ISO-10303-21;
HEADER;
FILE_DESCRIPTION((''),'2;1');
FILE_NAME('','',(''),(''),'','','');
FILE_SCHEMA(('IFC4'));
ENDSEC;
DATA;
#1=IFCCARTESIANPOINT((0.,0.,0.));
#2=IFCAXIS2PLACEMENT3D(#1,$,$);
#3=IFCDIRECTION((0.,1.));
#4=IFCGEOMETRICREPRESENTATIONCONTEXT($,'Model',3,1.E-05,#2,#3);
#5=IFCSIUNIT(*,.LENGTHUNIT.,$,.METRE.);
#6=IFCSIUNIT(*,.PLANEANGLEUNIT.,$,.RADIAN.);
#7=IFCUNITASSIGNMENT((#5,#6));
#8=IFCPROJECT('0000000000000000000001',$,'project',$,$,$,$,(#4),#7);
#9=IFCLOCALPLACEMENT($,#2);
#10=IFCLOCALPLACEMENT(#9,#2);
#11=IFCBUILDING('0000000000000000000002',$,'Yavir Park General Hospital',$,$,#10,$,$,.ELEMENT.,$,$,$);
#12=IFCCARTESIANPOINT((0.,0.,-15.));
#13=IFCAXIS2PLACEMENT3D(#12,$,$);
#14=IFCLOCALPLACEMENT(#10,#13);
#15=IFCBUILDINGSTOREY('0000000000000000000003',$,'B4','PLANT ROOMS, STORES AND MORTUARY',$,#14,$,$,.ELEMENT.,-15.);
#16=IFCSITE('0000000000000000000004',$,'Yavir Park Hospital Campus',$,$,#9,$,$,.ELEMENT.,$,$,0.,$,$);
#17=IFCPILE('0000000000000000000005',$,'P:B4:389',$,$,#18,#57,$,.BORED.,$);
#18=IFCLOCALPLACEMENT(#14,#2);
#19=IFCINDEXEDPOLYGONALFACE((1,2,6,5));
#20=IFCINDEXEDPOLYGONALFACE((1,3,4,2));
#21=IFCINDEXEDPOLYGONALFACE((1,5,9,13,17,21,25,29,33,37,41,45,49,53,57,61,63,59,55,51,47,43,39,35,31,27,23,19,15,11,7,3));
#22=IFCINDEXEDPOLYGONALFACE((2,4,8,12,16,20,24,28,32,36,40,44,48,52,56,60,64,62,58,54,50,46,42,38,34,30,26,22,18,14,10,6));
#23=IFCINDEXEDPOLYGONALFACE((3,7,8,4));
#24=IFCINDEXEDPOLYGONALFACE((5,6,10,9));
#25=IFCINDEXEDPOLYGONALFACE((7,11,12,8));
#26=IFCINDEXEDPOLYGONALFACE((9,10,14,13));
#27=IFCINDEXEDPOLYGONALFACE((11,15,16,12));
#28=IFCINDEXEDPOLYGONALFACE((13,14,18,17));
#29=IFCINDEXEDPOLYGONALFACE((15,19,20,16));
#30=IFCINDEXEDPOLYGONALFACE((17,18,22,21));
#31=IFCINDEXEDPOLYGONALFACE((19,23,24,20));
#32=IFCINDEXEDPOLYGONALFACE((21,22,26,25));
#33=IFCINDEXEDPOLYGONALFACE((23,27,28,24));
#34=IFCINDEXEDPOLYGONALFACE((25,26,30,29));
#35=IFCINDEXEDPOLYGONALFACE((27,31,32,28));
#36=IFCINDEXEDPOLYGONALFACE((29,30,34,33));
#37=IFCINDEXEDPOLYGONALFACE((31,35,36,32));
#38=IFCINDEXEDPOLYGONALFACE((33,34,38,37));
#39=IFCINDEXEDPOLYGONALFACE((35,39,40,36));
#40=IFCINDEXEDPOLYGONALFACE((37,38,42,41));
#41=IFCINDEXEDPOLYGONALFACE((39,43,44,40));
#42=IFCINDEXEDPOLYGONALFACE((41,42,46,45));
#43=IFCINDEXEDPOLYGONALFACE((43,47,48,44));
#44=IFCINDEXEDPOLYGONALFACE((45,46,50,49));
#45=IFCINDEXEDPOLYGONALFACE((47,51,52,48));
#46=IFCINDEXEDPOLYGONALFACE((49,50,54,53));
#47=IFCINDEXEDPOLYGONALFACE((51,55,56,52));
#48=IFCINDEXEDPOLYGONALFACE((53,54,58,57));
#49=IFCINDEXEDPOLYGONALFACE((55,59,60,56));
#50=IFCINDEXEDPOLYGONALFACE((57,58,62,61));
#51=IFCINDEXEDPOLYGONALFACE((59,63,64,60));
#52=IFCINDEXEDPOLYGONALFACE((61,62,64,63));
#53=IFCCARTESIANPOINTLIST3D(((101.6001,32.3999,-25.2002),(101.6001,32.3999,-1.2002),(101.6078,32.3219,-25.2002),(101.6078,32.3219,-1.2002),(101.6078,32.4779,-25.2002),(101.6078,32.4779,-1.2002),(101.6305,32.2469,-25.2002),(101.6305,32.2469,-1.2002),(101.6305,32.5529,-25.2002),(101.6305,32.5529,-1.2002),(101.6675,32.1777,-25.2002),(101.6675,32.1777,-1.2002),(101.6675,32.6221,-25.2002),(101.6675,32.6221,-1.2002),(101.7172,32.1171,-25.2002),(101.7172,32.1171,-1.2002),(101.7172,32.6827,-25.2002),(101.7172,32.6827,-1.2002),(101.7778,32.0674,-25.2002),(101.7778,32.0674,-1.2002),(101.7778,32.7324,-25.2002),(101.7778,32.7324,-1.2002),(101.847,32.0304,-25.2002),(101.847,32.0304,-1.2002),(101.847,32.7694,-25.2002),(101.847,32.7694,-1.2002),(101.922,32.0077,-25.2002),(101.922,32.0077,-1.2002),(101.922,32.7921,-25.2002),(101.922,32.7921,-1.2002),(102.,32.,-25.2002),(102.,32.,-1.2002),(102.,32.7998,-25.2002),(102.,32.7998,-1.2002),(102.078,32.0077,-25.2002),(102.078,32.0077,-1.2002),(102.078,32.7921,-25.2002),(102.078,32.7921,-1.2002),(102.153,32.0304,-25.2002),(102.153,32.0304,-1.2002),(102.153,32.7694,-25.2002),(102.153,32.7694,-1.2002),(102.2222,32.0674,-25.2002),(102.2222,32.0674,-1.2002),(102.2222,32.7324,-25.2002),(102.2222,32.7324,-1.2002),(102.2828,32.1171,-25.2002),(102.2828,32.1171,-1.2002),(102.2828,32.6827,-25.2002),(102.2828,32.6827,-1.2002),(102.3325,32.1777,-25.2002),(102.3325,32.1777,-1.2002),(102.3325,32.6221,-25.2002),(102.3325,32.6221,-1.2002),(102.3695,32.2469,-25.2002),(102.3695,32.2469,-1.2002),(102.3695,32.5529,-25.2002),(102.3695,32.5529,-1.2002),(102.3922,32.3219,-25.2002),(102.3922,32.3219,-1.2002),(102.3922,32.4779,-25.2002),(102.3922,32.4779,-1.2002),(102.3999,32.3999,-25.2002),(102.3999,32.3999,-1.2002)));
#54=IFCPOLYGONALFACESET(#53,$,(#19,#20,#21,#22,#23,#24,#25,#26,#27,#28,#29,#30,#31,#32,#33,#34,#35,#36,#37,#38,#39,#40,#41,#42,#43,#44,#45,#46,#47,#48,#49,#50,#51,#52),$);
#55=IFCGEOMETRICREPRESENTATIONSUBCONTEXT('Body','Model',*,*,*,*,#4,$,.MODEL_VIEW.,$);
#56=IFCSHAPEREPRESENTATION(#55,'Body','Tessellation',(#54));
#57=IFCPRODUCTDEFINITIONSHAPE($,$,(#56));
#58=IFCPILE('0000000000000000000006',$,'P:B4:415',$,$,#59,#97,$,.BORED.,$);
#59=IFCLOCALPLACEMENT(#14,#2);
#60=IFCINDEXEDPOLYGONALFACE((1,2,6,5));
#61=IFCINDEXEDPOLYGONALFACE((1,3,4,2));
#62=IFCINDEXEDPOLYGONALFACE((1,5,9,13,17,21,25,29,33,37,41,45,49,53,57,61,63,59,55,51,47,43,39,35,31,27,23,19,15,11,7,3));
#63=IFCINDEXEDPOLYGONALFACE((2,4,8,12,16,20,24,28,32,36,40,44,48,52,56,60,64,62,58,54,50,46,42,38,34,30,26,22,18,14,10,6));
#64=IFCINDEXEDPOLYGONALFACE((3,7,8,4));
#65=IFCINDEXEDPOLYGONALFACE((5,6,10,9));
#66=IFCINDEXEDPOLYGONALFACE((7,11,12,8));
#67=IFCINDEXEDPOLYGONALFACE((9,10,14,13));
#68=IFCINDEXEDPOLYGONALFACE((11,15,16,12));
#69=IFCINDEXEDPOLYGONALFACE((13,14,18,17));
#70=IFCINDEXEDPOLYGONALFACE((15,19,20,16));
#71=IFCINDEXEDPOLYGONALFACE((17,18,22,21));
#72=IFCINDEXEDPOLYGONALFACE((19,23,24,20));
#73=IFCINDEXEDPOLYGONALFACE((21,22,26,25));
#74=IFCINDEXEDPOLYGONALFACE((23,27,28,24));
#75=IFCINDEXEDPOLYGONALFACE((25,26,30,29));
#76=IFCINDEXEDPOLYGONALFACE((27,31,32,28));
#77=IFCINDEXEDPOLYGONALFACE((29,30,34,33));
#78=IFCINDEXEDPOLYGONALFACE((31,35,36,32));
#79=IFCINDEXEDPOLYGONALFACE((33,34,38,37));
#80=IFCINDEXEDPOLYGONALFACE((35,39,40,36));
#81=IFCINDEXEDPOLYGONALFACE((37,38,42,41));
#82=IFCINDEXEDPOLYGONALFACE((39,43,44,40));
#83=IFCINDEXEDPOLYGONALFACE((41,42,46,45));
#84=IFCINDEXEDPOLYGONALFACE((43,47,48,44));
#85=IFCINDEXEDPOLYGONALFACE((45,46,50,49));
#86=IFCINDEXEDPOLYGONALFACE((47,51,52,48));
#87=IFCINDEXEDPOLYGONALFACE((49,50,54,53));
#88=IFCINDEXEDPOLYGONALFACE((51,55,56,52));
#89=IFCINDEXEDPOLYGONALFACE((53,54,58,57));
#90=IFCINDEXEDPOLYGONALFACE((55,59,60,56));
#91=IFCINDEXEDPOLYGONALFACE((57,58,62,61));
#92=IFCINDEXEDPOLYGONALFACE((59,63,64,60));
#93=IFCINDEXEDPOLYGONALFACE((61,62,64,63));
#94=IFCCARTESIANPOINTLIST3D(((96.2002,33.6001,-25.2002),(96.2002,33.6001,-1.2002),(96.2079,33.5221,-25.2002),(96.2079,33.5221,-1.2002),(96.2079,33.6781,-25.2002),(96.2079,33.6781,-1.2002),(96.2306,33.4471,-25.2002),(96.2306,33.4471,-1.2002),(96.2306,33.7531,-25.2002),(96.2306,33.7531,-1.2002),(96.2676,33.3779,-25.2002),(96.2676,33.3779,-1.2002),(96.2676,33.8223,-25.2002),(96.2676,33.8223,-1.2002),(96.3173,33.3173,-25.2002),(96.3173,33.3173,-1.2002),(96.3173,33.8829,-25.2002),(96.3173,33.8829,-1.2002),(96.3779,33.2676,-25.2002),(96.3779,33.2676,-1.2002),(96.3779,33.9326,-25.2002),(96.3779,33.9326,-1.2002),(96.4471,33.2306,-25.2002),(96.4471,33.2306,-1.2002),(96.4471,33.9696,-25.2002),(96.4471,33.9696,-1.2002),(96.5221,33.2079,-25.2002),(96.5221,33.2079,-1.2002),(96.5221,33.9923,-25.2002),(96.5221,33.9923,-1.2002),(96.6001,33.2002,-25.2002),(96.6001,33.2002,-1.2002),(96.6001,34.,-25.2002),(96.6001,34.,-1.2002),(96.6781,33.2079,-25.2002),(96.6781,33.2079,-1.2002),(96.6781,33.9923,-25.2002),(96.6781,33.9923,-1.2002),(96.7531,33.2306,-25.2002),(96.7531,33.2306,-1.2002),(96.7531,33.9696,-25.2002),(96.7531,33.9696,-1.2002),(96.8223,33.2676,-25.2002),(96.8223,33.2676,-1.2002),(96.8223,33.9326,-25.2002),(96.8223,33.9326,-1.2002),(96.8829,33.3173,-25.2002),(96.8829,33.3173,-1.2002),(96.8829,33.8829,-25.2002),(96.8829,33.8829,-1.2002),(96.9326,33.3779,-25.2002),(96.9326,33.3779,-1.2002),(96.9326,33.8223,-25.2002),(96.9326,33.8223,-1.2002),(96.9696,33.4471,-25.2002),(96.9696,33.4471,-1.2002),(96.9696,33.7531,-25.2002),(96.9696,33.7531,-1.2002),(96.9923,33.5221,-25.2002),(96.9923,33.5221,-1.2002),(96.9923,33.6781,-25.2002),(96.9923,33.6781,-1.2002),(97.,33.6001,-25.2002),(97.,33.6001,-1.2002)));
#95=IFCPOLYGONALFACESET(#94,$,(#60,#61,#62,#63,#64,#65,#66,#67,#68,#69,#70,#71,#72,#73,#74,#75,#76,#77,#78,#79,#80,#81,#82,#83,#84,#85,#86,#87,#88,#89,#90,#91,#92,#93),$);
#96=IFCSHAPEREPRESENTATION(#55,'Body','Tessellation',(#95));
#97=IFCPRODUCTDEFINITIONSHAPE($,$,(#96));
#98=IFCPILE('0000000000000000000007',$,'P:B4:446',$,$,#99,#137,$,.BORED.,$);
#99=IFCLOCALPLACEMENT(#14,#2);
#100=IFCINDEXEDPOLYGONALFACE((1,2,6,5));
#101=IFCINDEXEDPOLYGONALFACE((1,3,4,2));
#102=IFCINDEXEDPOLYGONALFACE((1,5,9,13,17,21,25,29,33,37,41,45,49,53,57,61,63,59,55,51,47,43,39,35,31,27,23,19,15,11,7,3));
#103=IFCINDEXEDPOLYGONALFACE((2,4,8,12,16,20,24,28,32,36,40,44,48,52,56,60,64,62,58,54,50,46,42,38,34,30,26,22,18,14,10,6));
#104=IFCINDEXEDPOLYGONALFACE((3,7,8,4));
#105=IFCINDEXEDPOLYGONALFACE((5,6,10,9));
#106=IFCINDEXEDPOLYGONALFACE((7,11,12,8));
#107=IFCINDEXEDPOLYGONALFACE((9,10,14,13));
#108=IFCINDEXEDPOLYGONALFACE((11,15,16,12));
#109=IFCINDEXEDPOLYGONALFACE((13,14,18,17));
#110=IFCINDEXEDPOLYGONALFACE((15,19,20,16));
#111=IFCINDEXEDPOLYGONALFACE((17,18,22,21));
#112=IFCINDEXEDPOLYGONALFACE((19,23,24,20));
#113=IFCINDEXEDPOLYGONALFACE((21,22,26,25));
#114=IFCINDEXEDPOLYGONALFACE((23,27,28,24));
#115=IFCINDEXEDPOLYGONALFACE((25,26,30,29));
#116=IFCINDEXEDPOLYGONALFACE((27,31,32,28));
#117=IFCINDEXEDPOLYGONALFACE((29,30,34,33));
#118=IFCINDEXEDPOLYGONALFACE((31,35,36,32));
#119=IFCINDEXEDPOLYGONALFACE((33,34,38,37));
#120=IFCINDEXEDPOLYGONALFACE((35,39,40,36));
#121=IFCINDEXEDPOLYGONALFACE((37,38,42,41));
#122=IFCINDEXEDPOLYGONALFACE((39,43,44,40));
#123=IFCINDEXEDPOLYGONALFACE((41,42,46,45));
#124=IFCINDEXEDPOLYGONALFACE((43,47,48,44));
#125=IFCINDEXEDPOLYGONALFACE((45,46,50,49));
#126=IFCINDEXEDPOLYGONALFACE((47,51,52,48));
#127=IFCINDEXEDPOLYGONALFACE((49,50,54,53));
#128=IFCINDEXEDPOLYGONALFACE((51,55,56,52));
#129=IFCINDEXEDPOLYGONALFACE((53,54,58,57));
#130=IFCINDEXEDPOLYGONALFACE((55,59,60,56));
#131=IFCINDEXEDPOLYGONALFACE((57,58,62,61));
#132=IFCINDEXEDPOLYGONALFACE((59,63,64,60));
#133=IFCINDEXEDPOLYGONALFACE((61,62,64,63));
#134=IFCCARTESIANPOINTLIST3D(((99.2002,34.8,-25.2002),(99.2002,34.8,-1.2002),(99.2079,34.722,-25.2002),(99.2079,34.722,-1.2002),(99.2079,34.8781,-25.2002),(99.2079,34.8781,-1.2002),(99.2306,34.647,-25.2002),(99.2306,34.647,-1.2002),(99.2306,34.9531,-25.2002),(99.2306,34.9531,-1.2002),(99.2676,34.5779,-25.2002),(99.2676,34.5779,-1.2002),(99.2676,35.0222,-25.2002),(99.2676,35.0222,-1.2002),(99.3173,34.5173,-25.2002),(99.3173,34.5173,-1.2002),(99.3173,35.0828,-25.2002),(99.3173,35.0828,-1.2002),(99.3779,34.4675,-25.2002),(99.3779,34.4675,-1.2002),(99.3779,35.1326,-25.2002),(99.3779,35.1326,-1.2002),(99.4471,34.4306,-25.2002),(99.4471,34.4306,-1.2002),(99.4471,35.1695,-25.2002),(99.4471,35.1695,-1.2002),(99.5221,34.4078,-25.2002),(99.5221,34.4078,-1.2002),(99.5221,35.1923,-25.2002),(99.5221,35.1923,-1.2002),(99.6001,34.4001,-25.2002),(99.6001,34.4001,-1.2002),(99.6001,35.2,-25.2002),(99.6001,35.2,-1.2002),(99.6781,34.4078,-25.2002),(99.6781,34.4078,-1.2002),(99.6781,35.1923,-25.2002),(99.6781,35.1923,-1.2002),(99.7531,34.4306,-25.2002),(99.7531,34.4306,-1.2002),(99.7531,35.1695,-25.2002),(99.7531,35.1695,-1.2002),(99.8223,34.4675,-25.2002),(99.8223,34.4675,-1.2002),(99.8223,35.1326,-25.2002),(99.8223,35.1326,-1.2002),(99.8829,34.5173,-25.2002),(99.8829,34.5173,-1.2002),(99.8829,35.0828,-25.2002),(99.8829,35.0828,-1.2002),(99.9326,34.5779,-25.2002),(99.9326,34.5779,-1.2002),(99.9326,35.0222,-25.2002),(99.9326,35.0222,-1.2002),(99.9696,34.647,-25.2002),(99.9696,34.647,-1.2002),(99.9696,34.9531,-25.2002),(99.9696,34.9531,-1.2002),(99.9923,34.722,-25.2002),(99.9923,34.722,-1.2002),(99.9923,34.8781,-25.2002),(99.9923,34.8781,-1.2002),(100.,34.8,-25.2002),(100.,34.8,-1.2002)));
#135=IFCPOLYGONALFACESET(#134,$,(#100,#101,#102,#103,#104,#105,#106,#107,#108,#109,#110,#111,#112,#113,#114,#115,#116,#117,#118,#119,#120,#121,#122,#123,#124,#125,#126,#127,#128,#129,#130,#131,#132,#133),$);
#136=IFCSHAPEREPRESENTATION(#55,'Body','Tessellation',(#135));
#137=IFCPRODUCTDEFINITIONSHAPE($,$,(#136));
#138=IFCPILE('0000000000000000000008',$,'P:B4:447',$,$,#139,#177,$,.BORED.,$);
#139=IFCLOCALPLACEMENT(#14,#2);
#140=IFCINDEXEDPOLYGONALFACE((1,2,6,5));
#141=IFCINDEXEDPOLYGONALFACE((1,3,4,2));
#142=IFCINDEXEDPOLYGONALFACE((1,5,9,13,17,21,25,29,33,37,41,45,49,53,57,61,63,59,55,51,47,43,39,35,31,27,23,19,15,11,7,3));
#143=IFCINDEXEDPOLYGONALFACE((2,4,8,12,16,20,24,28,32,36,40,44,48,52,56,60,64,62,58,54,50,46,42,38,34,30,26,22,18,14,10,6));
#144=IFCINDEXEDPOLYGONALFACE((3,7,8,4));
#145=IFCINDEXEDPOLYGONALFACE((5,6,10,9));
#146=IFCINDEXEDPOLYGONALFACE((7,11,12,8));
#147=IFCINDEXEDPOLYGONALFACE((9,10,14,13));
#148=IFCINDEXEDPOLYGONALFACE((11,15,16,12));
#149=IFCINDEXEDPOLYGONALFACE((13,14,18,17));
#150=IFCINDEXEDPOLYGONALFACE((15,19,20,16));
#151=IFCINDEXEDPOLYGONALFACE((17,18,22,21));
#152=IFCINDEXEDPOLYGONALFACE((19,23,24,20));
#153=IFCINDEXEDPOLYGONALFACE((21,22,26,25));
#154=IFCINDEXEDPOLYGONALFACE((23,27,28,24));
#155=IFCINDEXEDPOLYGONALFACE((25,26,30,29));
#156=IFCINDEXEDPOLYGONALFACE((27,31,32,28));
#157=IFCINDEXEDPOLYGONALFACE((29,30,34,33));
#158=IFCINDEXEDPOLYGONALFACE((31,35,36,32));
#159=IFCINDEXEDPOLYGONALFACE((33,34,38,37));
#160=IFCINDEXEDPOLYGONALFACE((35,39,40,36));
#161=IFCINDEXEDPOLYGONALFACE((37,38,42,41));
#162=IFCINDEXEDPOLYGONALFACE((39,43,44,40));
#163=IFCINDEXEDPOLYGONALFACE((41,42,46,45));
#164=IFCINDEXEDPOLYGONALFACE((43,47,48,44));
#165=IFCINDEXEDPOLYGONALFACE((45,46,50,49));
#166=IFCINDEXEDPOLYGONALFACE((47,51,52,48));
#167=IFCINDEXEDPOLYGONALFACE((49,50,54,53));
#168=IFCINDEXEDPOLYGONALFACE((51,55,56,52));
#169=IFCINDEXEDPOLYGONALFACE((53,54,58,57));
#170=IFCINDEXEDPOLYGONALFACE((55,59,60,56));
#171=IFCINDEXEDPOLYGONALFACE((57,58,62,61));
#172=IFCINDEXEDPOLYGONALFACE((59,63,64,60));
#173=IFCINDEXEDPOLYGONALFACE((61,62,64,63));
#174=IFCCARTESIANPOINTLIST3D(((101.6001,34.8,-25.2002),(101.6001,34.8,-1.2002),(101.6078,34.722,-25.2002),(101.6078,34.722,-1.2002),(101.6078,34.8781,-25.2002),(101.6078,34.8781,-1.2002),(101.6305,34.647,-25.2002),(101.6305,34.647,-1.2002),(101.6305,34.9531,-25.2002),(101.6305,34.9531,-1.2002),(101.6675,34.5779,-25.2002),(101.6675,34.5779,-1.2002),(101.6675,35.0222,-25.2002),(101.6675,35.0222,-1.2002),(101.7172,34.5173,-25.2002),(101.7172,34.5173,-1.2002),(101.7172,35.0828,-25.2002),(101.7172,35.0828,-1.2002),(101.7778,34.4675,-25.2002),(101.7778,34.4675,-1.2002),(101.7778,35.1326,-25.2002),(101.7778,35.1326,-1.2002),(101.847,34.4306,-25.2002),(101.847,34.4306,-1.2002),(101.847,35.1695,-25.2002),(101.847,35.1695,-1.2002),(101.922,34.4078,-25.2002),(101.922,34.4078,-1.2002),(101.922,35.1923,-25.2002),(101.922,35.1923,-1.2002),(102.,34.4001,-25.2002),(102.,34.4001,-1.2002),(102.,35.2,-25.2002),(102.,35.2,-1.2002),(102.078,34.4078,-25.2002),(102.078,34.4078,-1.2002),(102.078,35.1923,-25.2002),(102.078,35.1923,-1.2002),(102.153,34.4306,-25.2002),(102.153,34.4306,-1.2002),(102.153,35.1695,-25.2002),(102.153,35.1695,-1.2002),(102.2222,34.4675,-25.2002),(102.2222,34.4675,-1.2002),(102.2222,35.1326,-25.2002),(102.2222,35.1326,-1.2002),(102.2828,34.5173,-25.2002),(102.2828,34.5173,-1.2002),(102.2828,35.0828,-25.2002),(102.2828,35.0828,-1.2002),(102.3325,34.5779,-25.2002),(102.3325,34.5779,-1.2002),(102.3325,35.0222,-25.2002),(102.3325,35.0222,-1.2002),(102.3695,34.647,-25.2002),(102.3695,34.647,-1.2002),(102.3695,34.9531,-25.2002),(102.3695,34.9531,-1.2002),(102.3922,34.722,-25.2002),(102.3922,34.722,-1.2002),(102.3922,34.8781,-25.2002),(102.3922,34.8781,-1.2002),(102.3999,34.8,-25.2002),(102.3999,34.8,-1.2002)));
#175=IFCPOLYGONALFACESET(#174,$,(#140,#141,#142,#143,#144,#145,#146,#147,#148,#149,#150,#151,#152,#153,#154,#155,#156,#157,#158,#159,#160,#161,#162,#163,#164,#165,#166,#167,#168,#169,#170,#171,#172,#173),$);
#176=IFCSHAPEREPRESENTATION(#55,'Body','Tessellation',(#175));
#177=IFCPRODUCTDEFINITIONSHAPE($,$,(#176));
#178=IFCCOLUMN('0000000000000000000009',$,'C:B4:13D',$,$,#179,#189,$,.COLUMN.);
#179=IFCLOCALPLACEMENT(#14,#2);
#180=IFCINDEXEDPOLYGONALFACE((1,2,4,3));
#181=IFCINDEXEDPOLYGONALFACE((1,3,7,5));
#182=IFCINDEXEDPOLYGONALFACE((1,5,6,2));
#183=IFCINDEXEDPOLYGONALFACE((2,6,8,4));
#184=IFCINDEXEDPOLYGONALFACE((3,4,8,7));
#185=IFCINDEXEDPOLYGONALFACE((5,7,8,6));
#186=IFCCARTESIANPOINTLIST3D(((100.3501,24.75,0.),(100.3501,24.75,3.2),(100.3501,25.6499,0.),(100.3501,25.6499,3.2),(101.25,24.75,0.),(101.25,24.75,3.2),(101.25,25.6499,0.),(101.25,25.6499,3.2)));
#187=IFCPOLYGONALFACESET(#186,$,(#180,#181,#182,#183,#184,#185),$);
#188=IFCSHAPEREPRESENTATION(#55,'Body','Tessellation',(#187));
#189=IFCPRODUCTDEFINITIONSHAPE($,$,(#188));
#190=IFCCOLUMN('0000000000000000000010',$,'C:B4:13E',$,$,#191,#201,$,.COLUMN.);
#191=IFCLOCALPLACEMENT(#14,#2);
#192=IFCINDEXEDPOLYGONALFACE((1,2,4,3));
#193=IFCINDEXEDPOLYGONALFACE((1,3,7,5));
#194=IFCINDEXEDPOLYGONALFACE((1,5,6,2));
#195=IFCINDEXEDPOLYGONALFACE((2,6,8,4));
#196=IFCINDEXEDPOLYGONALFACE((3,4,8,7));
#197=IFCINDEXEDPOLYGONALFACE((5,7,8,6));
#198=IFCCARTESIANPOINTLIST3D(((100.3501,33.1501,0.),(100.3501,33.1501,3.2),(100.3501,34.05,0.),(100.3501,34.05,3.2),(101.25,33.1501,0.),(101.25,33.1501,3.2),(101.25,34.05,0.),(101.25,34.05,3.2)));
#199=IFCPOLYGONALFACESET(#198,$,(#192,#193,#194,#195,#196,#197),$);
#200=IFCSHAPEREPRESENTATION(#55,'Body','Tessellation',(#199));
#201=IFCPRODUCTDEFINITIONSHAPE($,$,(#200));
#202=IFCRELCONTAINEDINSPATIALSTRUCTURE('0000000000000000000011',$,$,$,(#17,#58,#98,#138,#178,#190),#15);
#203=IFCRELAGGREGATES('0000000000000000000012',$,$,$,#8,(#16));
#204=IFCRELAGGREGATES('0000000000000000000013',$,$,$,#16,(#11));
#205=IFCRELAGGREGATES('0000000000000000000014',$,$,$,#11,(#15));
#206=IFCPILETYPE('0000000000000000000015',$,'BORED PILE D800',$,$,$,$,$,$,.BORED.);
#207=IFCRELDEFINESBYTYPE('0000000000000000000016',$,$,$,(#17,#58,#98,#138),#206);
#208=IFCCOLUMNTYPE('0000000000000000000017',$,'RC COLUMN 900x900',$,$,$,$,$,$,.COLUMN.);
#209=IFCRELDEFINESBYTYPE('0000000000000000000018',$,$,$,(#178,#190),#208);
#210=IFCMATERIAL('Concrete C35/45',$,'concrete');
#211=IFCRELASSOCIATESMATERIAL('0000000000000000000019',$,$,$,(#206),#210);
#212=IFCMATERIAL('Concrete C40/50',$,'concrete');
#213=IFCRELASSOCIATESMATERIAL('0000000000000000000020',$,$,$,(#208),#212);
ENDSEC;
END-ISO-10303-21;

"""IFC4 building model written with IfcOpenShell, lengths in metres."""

from ifc_helpers import new_model, si_unit, direction, frame, origin, origin_2d, place, context, subcontext, project, spatial, rectangle, circle, extrude, material, material_profile, profile_set, type_object, element, save


model = new_model("IFC4")

# Units and contexts
model_context = context("Model", 3, precision=1e-05, world=origin(), true_north=direction((0.0, 1.0)))
body_context = subcontext(model_context, "Body", "Model", "MODEL_VIEW")
ifc_project = project(units=[si_unit("LENGTHUNIT", "METRE"), si_unit("PLANEANGLEUNIT", "RADIAN")], contexts=[model_context])

# Site, building, storey
site_placement = place(None, origin())
site = spatial("IfcSite", under=ifc_project, at=site_placement, Name="Yavir Park Hospital Campus", CompositionType="ELEMENT", RefElevation=0.0)
building_placement = place(site_placement, origin())
building = spatial("IfcBuilding", under=site, at=building_placement, Name="Yavir Park General Hospital", CompositionType="ELEMENT")
storey_placement = place(building_placement, frame((0.0, 0.0, -15.0)))
storey = spatial("IfcBuildingStorey", under=building, at=storey_placement, Name="B4", Description="PLANT ROOMS, STORES AND MORTUARY", CompositionType="ELEMENT", Elevation=-15.0)

# Piles
ifc_material_1 = material(Name="Concrete C35/45", Category="concrete")
ifc_material_profile_1 = material_profile(ifc_material_1, circle(Radius=0.3999, at=origin_2d()), Name="D800")
ifc_profile_set_1 = profile_set([ifc_material_profile_1], Name="Concrete C35/45")
pile_type_1 = type_object("IfcPileType", Name="BORED PILE D800", PredefinedType="BORED", material=ifc_profile_set_1)
for number, where, z_axis, x_axis, name in (
    (1, (102.0, 32.3999, -1.2002), (0.0, 0.0, -1.0), (1.0, 0.0, 0.0), "P:B4:389"),
    (2, (96.6001, 33.6001, -1.2002), (0.0, 0.0, -1.0), (1.0, 0.0, 0.0), "P:B4:415"),
    (3, (99.6001, 34.8, -1.2002), (0.0, 0.0, -1.0), (1.0, 0.0, 0.0), "P:B4:446"),
    (4, (102.0, 34.8, -1.2002), (0.0, 0.0, -1.0), (1.0, 0.0, 0.0), "P:B4:447"),
):
    element("IfcPile", number, at=place(storey_placement, frame(where, z_axis=z_axis, x_axis=x_axis)), inside=storey, type_object=pile_type_1, Name=name, PredefinedType="BORED", context=body_context, shape_type="SweptSolid", body=[
        extrude(circle(Radius=0.3999, at=origin_2d()), origin(), (0.0, 0.0, 1.0), 24.0),
    ])

# Columns
ifc_material_2 = material(Name="Concrete C40/50", Category="concrete")
ifc_material_profile_2 = material_profile(ifc_material_2, rectangle(XDim=0.8999, YDim=0.8999, at=origin_2d()), Name="RC900x900")
ifc_profile_set_2 = profile_set([ifc_material_profile_2], Name="Concrete C40/50")
column_type = type_object("IfcColumnType", Name="RC COLUMN 900x900", PredefinedType="COLUMN", material=ifc_profile_set_2)
for number, where, z_axis, x_axis, name in (
    (5, (100.8, 25.2, 0.0), (0.0, 0.0, 1.0), (1.0, 0.0, 0.0), "C:B4:13D"),
    (6, (100.8, 33.6001, 0.0), (0.0, 0.0, 1.0), (1.0, 0.0, 0.0), "C:B4:13E"),
):
    element("IfcColumn", number, at=place(storey_placement, frame(where, z_axis=z_axis, x_axis=x_axis)), inside=storey, type_object=column_type, Name=name, PredefinedType="COLUMN", context=body_context, shape_type="SweptSolid", body=[
        extrude(rectangle(XDim=0.8999, YDim=0.8999, at=origin_2d()), origin(), (0.0, 0.0, 1.0), 3.2),
    ])

save(model, "model.ifc")
